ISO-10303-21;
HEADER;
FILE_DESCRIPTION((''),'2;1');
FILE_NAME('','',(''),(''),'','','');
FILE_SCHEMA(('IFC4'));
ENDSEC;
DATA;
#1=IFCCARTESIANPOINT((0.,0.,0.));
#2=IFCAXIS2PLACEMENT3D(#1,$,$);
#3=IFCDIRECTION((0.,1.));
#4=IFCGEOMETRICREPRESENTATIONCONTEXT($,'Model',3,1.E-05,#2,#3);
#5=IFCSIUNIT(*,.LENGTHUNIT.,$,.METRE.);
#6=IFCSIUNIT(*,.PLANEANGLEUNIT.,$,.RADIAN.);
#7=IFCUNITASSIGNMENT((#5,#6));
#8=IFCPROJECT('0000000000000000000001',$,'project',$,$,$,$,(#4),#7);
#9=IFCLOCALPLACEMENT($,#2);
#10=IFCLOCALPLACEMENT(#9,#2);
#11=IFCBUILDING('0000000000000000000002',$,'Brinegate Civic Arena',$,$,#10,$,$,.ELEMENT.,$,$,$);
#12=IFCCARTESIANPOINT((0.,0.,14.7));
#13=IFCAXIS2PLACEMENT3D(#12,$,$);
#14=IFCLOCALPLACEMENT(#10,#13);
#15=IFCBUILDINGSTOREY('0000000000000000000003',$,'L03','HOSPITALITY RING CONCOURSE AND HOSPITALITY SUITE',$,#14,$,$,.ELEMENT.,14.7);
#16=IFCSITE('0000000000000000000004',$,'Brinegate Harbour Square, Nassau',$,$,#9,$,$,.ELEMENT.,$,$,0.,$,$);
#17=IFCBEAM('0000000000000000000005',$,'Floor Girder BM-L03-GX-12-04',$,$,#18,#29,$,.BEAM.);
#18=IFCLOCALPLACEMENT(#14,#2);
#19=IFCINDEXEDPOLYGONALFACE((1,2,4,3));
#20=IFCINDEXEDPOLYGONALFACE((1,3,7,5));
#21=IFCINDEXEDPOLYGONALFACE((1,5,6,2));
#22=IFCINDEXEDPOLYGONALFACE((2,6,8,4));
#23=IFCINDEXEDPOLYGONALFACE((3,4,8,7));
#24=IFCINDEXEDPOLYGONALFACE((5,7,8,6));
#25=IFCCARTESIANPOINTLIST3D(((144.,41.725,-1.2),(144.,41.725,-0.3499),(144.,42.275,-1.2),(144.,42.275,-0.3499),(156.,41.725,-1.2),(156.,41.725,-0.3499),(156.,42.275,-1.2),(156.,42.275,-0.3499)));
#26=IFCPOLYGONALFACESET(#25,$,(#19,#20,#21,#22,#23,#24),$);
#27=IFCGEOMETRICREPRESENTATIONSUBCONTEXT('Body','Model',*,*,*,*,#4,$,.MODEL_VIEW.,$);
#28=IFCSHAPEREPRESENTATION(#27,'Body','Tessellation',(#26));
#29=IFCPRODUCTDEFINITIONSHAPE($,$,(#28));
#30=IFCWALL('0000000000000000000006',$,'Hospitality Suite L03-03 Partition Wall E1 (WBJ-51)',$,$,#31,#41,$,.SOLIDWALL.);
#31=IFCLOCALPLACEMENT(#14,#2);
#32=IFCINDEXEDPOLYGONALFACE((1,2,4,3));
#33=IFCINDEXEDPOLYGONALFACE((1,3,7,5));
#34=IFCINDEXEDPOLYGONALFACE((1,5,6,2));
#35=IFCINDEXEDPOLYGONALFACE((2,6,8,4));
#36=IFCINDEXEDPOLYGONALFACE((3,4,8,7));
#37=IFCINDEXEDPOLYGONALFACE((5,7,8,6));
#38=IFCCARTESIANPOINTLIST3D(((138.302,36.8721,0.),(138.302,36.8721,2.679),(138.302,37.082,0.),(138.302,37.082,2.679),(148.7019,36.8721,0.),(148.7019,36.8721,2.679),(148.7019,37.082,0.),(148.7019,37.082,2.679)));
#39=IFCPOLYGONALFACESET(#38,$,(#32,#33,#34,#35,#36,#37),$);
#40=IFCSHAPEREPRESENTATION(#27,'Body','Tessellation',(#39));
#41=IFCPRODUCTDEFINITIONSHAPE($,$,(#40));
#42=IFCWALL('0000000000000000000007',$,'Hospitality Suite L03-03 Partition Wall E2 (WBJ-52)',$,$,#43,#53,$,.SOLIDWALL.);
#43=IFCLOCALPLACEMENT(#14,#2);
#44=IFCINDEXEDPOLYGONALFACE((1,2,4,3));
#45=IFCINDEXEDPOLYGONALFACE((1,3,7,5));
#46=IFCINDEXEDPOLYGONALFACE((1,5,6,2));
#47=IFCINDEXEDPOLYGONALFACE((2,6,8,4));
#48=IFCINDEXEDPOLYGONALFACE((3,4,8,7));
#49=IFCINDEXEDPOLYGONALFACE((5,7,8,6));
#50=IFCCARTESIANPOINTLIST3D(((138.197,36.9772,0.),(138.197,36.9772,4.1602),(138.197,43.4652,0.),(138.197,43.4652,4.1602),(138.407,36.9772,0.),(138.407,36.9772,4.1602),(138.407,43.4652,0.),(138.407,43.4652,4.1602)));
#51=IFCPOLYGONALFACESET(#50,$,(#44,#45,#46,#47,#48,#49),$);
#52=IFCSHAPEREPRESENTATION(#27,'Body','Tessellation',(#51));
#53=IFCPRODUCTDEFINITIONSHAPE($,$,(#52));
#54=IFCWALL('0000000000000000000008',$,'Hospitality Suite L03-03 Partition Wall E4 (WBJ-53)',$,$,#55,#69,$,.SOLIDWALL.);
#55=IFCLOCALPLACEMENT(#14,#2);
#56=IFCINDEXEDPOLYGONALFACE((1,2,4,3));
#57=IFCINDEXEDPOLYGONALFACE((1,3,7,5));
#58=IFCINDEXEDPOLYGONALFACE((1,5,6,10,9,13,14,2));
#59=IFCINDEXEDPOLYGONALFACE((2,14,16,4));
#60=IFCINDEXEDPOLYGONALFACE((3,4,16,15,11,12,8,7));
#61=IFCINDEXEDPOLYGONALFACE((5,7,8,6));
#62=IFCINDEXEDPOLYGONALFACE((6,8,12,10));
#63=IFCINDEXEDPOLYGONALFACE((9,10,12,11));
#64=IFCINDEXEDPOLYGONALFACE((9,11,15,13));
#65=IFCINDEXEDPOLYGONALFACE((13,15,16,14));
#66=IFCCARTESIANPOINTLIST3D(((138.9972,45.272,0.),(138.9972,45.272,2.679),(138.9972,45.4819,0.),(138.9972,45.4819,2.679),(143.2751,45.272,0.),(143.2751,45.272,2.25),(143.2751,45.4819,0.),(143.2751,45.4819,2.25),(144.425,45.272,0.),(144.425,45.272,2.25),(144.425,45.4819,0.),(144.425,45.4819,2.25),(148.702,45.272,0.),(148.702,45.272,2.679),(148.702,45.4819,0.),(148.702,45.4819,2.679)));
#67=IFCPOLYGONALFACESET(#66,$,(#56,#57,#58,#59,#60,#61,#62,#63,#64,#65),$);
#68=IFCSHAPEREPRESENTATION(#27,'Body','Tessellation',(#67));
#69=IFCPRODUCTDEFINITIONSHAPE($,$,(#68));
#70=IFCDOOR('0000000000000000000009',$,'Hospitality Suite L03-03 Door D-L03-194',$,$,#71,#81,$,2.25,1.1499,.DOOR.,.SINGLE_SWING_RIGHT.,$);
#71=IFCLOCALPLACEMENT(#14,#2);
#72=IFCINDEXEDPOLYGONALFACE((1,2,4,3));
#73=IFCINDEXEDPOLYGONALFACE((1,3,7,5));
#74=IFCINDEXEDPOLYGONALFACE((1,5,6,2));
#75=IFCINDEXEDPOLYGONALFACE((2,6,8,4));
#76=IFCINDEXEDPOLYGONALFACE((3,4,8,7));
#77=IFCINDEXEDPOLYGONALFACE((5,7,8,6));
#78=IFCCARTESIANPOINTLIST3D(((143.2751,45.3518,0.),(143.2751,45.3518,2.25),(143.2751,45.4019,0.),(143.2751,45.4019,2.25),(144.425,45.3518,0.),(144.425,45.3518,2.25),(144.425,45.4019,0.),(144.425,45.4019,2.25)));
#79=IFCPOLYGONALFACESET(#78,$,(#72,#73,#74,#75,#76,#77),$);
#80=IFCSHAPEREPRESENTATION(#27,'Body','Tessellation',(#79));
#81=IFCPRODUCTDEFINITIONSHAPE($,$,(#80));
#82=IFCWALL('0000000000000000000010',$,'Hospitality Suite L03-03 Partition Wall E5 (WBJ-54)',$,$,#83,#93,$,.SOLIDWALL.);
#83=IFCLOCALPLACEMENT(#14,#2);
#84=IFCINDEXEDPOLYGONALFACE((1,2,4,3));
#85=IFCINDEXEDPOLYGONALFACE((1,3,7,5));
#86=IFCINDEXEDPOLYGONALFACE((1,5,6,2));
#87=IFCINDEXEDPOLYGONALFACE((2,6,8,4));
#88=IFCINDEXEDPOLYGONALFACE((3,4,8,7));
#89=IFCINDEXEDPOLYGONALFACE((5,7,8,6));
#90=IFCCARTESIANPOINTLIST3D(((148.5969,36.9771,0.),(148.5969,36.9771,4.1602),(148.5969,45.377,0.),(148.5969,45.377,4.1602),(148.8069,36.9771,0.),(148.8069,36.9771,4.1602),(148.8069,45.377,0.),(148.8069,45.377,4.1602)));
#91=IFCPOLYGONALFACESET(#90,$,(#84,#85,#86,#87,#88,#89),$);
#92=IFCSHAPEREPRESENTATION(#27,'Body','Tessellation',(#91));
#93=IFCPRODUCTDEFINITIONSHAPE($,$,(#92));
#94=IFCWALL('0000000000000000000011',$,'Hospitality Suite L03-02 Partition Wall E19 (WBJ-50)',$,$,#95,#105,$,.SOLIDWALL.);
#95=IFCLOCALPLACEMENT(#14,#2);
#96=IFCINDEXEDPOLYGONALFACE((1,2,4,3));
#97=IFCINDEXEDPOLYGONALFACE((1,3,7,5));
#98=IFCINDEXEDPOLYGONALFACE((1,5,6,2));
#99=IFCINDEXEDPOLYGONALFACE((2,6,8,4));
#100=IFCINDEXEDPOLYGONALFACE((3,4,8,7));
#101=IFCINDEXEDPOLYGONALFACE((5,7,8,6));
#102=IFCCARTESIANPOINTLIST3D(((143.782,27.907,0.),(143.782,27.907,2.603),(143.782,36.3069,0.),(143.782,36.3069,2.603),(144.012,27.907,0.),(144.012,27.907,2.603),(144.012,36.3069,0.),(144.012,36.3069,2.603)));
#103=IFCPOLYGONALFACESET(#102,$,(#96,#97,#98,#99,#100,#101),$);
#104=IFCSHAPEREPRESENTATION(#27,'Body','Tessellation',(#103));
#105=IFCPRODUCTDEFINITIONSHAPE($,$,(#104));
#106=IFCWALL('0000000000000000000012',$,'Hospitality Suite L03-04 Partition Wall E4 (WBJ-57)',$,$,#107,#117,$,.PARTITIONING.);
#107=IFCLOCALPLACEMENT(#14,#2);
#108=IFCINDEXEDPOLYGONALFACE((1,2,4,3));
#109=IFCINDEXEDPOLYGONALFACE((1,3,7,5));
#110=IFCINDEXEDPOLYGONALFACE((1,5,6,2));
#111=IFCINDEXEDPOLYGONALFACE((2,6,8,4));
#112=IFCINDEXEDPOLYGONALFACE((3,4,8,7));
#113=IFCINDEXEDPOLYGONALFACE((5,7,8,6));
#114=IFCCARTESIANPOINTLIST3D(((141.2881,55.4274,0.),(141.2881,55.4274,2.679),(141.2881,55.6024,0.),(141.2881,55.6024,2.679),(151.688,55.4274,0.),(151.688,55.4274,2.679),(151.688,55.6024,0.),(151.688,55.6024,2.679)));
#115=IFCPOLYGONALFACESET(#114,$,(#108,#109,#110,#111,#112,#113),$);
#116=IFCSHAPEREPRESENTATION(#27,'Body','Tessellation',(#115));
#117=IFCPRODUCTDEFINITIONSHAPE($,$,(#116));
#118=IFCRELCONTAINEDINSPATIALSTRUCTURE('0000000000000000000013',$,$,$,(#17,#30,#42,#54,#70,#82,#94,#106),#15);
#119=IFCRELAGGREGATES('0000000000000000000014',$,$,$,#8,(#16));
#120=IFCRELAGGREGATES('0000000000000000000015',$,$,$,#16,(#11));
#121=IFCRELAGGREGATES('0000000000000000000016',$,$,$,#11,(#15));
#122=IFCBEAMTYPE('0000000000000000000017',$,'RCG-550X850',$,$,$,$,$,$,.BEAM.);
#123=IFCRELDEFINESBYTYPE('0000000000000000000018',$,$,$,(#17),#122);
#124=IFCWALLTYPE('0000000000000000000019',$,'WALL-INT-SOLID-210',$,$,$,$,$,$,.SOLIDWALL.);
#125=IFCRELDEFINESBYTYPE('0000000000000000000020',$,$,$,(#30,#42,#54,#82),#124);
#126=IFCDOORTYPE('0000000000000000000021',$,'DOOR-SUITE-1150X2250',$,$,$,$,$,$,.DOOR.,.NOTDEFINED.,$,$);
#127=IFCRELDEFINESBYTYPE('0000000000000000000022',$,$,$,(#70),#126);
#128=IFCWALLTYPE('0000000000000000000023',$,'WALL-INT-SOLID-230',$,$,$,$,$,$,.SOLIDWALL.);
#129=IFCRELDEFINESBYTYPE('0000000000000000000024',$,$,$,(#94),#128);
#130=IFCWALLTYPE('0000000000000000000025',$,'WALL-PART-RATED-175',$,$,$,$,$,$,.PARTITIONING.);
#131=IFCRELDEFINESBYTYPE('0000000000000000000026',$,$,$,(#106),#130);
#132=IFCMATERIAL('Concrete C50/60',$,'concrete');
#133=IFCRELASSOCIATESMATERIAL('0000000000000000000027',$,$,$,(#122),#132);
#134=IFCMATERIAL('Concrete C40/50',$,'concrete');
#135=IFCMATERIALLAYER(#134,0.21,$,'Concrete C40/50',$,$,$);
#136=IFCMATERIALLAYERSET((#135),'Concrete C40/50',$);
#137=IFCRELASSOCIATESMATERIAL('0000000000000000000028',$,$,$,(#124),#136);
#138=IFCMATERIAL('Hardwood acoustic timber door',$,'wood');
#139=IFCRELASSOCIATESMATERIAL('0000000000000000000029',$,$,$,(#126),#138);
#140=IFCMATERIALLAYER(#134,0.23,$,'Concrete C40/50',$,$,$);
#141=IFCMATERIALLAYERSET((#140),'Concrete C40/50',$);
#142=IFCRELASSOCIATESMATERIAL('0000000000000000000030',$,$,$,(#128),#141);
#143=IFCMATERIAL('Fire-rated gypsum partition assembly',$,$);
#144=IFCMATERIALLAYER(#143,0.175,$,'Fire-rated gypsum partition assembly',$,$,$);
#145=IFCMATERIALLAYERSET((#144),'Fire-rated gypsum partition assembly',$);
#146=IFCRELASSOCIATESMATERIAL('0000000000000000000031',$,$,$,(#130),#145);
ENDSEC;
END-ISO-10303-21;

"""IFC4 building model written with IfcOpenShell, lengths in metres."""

from ifc_helpers import new_model, si_unit, direction, frame, frame_2d, origin, origin_2d, place, context, subcontext, project, spatial, rectangle, extrude, material, layer, layer_set, material_profile, profile_set, type_object, element, fill, save


model = new_model("IFC4")

# Units and contexts
model_context = context("Model", 3, precision=1e-05, world=origin(), true_north=direction((0.0, 1.0)))
body_context = subcontext(model_context, "Body", "Model", "MODEL_VIEW")
ifc_project = project(units=[si_unit("LENGTHUNIT", "METRE"), si_unit("PLANEANGLEUNIT", "RADIAN")], contexts=[model_context])

# Site, building, storey
site_placement = place(None, origin())
site = spatial("IfcSite", under=ifc_project, at=site_placement, Name="Brinegate Harbour Square, Nassau", CompositionType="ELEMENT", RefElevation=0.0)
building_placement = place(site_placement, origin())
building = spatial("IfcBuilding", under=site, at=building_placement, Name="Brinegate Civic Arena", CompositionType="ELEMENT")
storey_placement = place(building_placement, frame((0.0, 0.0, 14.7)))
storey = spatial("IfcBuildingStorey", under=building, at=storey_placement, Name="L03", Description="HOSPITALITY RING CONCOURSE AND HOSPITALITY SUITE", CompositionType="ELEMENT", Elevation=14.7)

# Shared definitions
ifc_material_1 = material(Name="Concrete C50/60", Category="concrete")

# Beam
ifc_material_profile_1 = material_profile(ifc_material_1, rectangle(XDim=0.55, YDim=0.8501, at=origin_2d()), Name="RCB550X850")
ifc_profile_set_1 = profile_set([ifc_material_profile_1], Name="Concrete C50/60")
beam_type_1 = type_object("IfcBeamType", Name="RCG-550X850", PredefinedType="BEAM", material=ifc_profile_set_1)
beam_1_placement = place(storey_placement, frame((144.0, 42.0, -0.7749), z_axis=(1.0, 0.0, 0.0), x_axis=(0.0, 1.0, 0.0)))
element("IfcBeam", 1, at=beam_1_placement, inside=storey, type_object=beam_type_1, Name="Floor Girder BM-L03-GX-12-04", PredefinedType="BEAM", context=body_context, shape_type="SweptSolid", body=[
    extrude(rectangle(XDim=0.55, YDim=0.8501, at=origin_2d()), origin(), (0.0, 0.0, 1.0), 12.0),
])

# Walls
ifc_material_2 = material(Name="Concrete C40/50", Category="concrete")
ifc_layer_1 = layer(ifc_material_2, 0.21, Name="Concrete C40/50")
ifc_layer_set_1 = layer_set([ifc_layer_1], Name="Concrete C40/50")
wall_type_1 = type_object("IfcWallType", Name="WALL-INT-SOLID-210", PredefinedType="SOLIDWALL", material=ifc_layer_set_1)
wall_1_placement = place(storey_placement, frame((148.7019, 36.9771, 0.0), z_axis=(0.0, 0.0, 1.0), x_axis=(-1.0, 0.0, 0.0)))
element("IfcWall", 2, at=wall_1_placement, inside=storey, type_object=wall_type_1, Name="Hospitality Suite L03-03 Partition Wall E1 (WBJ-51)", PredefinedType="SOLIDWALL", context=body_context, shape_type="SweptSolid", body=[
    extrude(rectangle(XDim=10.3999, YDim=0.21, at=frame_2d((5.2, 0.0))), origin(), (0.0, 0.0, 1.0), 2.679),
])
wall_2_placement = place(storey_placement, frame((138.302, 36.9771, 0.0), z_axis=(0.0, 0.0, 1.0), x_axis=(0.0, 1.0, 0.0)))
element("IfcWall", 3, at=wall_2_placement, inside=storey, type_object=wall_type_1, Name="Hospitality Suite L03-03 Partition Wall E2 (WBJ-52)", PredefinedType="SOLIDWALL", context=body_context, shape_type="SweptSolid", body=[
    extrude(rectangle(XDim=6.488, YDim=0.21, at=frame_2d((3.2441, 0.0))), origin(), (0.0, 0.0, 1.0), 4.1602),
])

# Wall, opening, door
wall_3_placement = place(storey_placement, frame((138.9971, 45.377, 0.0), z_axis=(0.0, 0.0, 1.0), x_axis=(1.0, 0.0, 0.0)))
wall_3 = element("IfcWall", 4, at=wall_3_placement, inside=storey, type_object=wall_type_1, Name="Hospitality Suite L03-03 Partition Wall E4 (WBJ-53)", PredefinedType="SOLIDWALL", context=body_context, shape_type="SweptSolid", body=[
    extrude(rectangle(XDim=9.7048, YDim=0.21, at=frame_2d((4.8525, 0.0))), origin(), (0.0, 0.0, 1.0), 2.679),
])
opening_placement = place(wall_3_placement, frame((4.2781, 0.0, 0.0)))
opening = element("IfcOpeningElement", 5, at=opening_placement, cuts=wall_3, PredefinedType="OPENING", context=body_context, shape_type="SweptSolid", body=[
    extrude(rectangle(XDim=1.1499, YDim=2.25, at=frame_2d((0.575, 1.125))), frame((0.0, 0.115, 0.0), z_axis=(0.0, -1.0, 0.0), x_axis=(1.0, 0.0, 0.0)), (0.0, 0.0, 1.0), 0.23),
])
ifc_material_3 = material(Name="Hardwood acoustic timber door", Category="wood")
door_type = type_object("IfcDoorType", Name="DOOR-SUITE-1150X2250", OperationType="NOTDEFINED", PredefinedType="DOOR", material=ifc_material_3)
door_placement = place(opening_placement, origin())
door = element("IfcDoor", 6, at=door_placement, inside=storey, type_object=door_type, Name="Hospitality Suite L03-03 Door D-L03-194", OperationType="SINGLE_SWING_RIGHT", OverallHeight=2.25, OverallWidth=1.1499, PredefinedType="DOOR", context=body_context, shape_type="SweptSolid", body=[
    extrude(rectangle(XDim=1.1499, YDim=2.25, at=frame_2d((0.575, 1.125))), frame((0.0, 0.0249, 0.0), z_axis=(0.0, -1.0, 0.0), x_axis=(1.0, 0.0, 0.0)), (0.0, 0.0, 1.0), 0.05),
])
fill(opening, door)

# Walls
wall_4_placement = place(storey_placement, frame((148.7019, 45.377, 0.0), z_axis=(0.0, 0.0, 1.0), x_axis=(0.0, -1.0, 0.0)))
element("IfcWall", 7, at=wall_4_placement, inside=storey, type_object=wall_type_1, Name="Hospitality Suite L03-03 Partition Wall E5 (WBJ-54)", PredefinedType="SOLIDWALL", context=body_context, shape_type="SweptSolid", body=[
    extrude(rectangle(XDim=8.3999, YDim=0.21, at=frame_2d((4.2, 0.0))), origin(), (0.0, 0.0, 1.0), 4.1602),
])
ifc_layer_2 = layer(ifc_material_2, 0.23, Name="Concrete C40/50")
ifc_layer_set_2 = layer_set([ifc_layer_2], Name="Concrete C40/50")
wall_type_2 = type_object("IfcWallType", Name="WALL-INT-SOLID-230", PredefinedType="SOLIDWALL", material=ifc_layer_set_2)
wall_5_placement = place(storey_placement, frame((143.897, 36.3069, 0.0), z_axis=(0.0, 0.0, 1.0), x_axis=(0.0, -1.0, 0.0)))
element("IfcWall", 8, at=wall_5_placement, inside=storey, type_object=wall_type_2, Name="Hospitality Suite L03-02 Partition Wall E19 (WBJ-50)", PredefinedType="SOLIDWALL", context=body_context, shape_type="SweptSolid", body=[
    extrude(rectangle(XDim=8.3999, YDim=0.23, at=frame_2d((4.2, 0.0))), origin(), (0.0, 0.0, 1.0), 2.603),
])
ifc_material_4 = material(Name="Fire-rated gypsum partition assembly")
ifc_layer_3 = layer(ifc_material_4, 0.175, Name="Fire-rated gypsum partition assembly")
ifc_layer_set_3 = layer_set([ifc_layer_3], Name="Fire-rated gypsum partition assembly")
wall_type_3 = type_object("IfcWallType", Name="WALL-PART-RATED-175", PredefinedType="PARTITIONING", material=ifc_layer_set_3)
wall_6_placement = place(storey_placement, frame((141.2881, 55.5149, 0.0), z_axis=(0.0, 0.0, 1.0), x_axis=(1.0, 0.0, 0.0)))
element("IfcWall", 9, at=wall_6_placement, inside=storey, type_object=wall_type_3, Name="Hospitality Suite L03-04 Partition Wall E4 (WBJ-57)", PredefinedType="PARTITIONING", context=body_context, shape_type="SweptSolid", body=[
    extrude(rectangle(XDim=10.3999, YDim=0.175, at=frame_2d((5.2, 0.0))), origin(), (0.0, 0.0, 1.0), 2.679),
])

save(model, "model.ifc")
